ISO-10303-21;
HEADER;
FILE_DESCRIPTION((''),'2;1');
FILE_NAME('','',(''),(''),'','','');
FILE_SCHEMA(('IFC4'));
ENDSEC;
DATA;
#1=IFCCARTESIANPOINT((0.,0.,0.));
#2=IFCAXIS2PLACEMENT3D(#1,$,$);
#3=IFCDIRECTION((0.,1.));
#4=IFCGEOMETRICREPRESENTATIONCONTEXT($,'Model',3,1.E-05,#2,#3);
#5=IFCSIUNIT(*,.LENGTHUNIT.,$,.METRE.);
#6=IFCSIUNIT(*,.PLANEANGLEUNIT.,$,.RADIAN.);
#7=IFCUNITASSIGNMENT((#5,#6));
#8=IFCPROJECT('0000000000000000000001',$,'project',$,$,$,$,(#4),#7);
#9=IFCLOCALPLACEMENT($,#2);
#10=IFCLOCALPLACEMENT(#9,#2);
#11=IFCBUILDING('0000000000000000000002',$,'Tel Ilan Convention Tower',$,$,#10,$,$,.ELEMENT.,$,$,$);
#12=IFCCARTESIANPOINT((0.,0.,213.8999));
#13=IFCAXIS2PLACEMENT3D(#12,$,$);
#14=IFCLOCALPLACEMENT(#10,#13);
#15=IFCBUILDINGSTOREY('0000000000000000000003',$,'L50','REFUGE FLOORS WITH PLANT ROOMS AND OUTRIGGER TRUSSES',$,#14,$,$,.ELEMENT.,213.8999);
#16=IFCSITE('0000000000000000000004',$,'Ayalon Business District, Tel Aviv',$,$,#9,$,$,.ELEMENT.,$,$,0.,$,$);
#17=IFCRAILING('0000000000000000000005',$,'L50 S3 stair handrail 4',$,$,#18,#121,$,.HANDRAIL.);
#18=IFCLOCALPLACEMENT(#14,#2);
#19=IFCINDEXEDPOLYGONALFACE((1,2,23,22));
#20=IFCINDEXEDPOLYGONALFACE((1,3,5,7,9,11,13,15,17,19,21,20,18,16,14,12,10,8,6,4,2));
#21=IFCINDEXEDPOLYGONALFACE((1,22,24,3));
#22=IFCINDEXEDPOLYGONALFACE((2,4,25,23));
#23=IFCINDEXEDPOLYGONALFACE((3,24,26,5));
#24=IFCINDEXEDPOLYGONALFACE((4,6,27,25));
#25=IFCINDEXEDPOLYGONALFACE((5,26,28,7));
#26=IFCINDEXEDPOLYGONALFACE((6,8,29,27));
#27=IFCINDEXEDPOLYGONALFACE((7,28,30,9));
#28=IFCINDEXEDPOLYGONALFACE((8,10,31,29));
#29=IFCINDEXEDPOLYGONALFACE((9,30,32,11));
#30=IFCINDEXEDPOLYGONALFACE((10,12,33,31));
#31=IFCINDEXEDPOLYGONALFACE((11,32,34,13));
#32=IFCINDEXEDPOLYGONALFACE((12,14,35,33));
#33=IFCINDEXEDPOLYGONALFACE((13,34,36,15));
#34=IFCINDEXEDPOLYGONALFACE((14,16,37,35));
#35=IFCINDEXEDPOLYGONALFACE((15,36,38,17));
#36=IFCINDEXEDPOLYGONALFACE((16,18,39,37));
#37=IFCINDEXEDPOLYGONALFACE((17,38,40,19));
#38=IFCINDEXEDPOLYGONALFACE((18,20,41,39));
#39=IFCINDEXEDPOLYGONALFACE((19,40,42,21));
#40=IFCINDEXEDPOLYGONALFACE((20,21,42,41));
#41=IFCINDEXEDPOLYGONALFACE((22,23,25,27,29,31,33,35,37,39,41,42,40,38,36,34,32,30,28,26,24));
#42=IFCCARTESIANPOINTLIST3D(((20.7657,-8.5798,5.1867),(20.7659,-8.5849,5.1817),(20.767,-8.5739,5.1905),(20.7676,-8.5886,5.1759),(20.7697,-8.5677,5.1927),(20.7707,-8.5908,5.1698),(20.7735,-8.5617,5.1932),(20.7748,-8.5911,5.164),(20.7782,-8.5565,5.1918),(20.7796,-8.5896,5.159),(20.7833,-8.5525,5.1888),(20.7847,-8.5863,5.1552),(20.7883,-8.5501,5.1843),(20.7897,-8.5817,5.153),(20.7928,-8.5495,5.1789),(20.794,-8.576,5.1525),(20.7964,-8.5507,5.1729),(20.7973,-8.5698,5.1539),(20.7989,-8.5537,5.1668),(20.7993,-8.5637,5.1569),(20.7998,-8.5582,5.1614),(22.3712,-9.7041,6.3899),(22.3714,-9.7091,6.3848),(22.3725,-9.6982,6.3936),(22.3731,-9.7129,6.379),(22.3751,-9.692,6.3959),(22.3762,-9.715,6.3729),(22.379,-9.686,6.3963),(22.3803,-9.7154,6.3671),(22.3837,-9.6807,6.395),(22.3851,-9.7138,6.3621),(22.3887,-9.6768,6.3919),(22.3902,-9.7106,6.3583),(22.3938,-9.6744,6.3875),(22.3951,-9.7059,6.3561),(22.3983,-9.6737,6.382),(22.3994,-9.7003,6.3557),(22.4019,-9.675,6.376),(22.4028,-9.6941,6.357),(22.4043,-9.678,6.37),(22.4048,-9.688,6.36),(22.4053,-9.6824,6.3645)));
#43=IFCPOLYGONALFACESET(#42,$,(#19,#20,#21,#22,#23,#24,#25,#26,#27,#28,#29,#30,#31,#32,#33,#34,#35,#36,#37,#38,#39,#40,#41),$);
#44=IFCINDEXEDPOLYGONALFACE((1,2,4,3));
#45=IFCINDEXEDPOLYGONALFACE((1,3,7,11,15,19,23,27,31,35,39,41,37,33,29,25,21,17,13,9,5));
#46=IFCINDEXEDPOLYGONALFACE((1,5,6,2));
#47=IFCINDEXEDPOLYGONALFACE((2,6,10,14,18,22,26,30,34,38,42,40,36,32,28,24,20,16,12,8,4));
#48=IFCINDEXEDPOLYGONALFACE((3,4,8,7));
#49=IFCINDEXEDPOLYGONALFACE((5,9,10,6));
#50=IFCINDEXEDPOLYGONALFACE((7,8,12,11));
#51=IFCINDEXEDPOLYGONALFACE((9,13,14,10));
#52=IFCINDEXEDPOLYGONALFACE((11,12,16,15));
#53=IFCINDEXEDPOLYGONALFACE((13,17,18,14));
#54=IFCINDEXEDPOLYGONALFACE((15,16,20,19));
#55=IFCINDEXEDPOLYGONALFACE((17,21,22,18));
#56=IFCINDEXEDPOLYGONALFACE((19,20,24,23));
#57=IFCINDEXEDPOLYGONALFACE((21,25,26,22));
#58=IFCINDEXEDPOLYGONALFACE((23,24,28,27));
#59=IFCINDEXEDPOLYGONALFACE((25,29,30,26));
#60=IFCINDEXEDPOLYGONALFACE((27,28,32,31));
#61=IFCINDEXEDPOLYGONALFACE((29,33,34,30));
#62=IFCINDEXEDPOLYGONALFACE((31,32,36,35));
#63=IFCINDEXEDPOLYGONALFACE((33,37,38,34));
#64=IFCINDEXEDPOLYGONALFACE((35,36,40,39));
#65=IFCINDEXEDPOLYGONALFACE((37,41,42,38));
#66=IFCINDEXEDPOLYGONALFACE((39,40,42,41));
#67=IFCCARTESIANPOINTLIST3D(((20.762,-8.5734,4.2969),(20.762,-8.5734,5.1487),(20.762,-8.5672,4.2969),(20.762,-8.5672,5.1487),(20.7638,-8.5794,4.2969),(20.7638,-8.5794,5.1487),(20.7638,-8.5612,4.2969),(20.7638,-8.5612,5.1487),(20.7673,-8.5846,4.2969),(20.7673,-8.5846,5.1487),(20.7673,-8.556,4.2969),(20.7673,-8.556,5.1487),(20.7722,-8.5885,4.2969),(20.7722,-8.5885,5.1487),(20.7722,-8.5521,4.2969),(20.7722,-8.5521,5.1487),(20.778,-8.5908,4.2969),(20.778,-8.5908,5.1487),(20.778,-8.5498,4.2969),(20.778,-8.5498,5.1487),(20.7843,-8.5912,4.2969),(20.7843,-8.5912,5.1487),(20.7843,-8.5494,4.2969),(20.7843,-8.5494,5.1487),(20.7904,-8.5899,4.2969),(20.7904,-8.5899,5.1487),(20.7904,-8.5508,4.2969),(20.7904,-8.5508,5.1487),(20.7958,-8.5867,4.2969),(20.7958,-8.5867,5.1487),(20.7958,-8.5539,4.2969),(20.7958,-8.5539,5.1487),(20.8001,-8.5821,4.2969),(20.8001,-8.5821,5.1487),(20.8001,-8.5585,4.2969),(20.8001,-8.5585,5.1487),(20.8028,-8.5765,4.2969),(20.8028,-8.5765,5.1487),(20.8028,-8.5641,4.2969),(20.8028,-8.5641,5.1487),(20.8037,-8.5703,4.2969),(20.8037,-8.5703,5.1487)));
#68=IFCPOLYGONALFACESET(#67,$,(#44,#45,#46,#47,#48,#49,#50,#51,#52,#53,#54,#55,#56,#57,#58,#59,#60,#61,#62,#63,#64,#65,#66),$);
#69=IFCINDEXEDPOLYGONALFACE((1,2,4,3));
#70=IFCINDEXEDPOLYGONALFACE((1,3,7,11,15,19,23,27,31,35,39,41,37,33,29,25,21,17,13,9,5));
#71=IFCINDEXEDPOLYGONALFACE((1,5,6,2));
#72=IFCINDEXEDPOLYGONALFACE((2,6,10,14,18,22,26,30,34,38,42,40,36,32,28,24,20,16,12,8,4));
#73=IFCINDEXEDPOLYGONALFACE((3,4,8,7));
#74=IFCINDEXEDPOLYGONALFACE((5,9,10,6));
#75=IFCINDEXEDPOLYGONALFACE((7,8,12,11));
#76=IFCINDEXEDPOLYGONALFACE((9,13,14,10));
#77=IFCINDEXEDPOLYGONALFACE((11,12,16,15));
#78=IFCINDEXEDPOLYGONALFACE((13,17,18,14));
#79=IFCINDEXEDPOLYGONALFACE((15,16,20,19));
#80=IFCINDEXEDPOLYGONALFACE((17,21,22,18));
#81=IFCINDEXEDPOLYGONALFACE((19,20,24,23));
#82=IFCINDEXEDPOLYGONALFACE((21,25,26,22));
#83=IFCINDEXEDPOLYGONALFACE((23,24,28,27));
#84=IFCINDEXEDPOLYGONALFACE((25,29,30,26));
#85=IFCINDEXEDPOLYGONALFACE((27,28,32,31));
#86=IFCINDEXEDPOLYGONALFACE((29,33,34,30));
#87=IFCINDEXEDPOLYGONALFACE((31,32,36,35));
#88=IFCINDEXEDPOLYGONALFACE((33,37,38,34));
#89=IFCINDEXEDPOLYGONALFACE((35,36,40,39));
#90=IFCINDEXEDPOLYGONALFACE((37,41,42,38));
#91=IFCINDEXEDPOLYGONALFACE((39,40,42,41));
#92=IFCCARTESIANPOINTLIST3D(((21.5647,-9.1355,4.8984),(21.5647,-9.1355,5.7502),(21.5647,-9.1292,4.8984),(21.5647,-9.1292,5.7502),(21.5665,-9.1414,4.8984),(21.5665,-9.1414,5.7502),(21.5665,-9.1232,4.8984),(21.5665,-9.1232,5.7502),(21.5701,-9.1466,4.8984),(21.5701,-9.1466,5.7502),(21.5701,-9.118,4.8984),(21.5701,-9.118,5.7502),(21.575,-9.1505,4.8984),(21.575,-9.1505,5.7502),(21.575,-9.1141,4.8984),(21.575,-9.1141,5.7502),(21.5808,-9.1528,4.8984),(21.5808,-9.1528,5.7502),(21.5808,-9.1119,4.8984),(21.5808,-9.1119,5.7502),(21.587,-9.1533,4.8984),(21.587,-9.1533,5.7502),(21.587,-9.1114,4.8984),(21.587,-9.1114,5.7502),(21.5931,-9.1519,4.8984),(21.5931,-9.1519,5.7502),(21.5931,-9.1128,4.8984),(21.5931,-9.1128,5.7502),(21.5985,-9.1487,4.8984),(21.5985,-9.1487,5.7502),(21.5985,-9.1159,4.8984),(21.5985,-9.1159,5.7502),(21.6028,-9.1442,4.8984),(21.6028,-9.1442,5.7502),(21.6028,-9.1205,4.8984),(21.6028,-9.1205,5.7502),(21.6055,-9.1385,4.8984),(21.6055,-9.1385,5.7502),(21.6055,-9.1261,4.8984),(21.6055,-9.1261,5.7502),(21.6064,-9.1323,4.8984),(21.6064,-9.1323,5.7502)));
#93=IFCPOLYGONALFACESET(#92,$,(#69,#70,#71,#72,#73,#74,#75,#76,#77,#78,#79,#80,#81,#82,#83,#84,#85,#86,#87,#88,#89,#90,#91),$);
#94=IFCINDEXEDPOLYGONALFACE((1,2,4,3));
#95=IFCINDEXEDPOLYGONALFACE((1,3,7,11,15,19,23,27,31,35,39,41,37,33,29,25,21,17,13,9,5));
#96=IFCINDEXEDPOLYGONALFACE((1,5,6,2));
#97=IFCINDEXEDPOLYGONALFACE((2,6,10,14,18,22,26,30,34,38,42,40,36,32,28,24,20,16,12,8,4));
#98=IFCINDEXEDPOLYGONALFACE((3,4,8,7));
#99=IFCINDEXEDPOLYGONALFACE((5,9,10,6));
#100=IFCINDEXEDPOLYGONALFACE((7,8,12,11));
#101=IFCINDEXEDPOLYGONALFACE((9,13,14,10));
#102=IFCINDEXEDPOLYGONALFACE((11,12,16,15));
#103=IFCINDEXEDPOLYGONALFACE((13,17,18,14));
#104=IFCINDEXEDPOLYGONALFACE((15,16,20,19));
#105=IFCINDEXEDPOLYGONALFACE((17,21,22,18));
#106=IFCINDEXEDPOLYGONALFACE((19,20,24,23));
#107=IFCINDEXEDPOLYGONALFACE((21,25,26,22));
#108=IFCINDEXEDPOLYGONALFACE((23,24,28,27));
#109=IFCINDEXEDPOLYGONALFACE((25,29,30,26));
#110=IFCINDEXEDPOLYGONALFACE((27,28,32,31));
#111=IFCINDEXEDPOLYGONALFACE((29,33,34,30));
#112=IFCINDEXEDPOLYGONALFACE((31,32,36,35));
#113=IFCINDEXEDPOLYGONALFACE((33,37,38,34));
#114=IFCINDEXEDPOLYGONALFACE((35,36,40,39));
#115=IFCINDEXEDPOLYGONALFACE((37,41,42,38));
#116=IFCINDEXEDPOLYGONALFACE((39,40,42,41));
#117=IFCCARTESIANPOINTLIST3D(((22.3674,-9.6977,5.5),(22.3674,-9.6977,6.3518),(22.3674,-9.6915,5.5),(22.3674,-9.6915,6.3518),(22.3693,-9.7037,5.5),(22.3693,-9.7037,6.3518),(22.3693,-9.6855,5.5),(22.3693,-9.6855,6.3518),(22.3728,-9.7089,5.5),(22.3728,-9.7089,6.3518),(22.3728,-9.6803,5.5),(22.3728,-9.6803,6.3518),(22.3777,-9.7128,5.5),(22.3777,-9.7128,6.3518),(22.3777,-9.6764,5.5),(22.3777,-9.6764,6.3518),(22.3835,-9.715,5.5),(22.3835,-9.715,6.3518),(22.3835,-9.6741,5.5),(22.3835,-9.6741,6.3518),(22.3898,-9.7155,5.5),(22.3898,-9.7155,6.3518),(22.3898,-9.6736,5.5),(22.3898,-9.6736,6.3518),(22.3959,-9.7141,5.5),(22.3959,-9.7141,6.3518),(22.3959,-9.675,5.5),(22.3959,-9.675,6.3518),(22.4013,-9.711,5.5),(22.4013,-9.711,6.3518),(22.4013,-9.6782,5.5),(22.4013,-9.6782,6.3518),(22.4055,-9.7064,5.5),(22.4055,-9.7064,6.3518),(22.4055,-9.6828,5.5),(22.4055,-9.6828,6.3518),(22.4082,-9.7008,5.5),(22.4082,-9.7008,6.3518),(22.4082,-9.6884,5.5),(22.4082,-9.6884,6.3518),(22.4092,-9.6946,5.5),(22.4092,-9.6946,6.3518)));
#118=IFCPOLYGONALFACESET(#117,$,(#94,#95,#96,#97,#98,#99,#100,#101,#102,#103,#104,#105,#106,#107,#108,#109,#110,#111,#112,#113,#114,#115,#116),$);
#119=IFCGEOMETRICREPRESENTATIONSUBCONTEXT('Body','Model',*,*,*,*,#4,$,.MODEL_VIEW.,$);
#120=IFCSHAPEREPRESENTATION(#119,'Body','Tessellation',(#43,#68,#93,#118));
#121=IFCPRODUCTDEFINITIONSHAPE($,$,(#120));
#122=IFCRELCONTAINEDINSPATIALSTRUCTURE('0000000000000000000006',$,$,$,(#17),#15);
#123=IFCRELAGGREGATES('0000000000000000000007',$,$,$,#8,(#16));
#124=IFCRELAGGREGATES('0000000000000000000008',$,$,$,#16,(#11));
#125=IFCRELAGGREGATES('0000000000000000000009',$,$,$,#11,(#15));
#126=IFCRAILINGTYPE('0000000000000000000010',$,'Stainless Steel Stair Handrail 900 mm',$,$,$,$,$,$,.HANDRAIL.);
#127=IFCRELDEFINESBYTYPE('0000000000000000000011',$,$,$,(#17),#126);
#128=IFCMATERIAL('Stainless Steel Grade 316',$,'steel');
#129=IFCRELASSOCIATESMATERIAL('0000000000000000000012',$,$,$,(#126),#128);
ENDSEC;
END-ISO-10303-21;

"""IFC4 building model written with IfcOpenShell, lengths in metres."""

from ifc_helpers import new_model, si_unit, direction, frame, origin, origin_2d, place, context, subcontext, project, spatial, circle, extrude, material, type_object, element, save


model = new_model("IFC4")

# Units and contexts
model_context = context("Model", 3, precision=1e-05, world=origin(), true_north=direction((0.0, 1.0)))
body_context = subcontext(model_context, "Body", "Model", "MODEL_VIEW")
ifc_project = project(units=[si_unit("LENGTHUNIT", "METRE"), si_unit("PLANEANGLEUNIT", "RADIAN")], contexts=[model_context])

# Site, building, storey
site_placement = place(None, origin())
site = spatial("IfcSite", under=ifc_project, at=site_placement, Name="Ayalon Business District, Tel Aviv", CompositionType="ELEMENT", RefElevation=0.0)
building_placement = place(site_placement, origin())
building = spatial("IfcBuilding", under=site, at=building_placement, Name="Tel Ilan Convention Tower", CompositionType="ELEMENT")
storey_placement = place(building_placement, frame((0.0, 0.0, 213.8999)))
storey = spatial("IfcBuildingStorey", under=building, at=storey_placement, Name="L50", Description="REFUGE FLOORS WITH PLANT ROOMS AND OUTRIGGER TRUSSES", CompositionType="ELEMENT", Elevation=213.8999)

# Railing
ifc_material_1 = material(Name="Stainless Steel Grade 316", Category="steel")
railing_type_1 = type_object("IfcRailingType", Name="Stainless Steel Stair Handrail 900 mm", PredefinedType="HANDRAIL", material=ifc_material_1)
for number, where, name in (
    (1, (20.7827, -8.5703, 4.2969), "L50 S3 stair handrail 4"),
):
    element("IfcRailing", number, at=place(storey_placement, frame(where)), inside=storey, type_object=railing_type_1, Name=name, PredefinedType="HANDRAIL", context=body_context, shape_type="SweptSolid", body=[
        extrude(circle(Radius=0.0239, at=origin_2d()), frame((0.0, 0.0, 0.876), z_axis=(0.698095, -0.488857, 0.523146), x_axis=(0.573613, 0.819127, 0.0)), (0.0, 0.0, 1.0), 2.2998),
        extrude(circle(Radius=0.021, at=origin_2d()), origin(), (0.0, 0.0, 1.0), 0.8518),
        extrude(circle(Radius=0.021, at=origin_2d()), frame((0.8027, -0.562, 0.6016)), (0.0, 0.0, 1.0), 0.8518),
        extrude(circle(Radius=0.021, at=origin_2d()), frame((1.6055, -1.1243, 1.2031)), (0.0, 0.0, 1.0), 0.8518),
    ])

save(model, "model.ifc")
